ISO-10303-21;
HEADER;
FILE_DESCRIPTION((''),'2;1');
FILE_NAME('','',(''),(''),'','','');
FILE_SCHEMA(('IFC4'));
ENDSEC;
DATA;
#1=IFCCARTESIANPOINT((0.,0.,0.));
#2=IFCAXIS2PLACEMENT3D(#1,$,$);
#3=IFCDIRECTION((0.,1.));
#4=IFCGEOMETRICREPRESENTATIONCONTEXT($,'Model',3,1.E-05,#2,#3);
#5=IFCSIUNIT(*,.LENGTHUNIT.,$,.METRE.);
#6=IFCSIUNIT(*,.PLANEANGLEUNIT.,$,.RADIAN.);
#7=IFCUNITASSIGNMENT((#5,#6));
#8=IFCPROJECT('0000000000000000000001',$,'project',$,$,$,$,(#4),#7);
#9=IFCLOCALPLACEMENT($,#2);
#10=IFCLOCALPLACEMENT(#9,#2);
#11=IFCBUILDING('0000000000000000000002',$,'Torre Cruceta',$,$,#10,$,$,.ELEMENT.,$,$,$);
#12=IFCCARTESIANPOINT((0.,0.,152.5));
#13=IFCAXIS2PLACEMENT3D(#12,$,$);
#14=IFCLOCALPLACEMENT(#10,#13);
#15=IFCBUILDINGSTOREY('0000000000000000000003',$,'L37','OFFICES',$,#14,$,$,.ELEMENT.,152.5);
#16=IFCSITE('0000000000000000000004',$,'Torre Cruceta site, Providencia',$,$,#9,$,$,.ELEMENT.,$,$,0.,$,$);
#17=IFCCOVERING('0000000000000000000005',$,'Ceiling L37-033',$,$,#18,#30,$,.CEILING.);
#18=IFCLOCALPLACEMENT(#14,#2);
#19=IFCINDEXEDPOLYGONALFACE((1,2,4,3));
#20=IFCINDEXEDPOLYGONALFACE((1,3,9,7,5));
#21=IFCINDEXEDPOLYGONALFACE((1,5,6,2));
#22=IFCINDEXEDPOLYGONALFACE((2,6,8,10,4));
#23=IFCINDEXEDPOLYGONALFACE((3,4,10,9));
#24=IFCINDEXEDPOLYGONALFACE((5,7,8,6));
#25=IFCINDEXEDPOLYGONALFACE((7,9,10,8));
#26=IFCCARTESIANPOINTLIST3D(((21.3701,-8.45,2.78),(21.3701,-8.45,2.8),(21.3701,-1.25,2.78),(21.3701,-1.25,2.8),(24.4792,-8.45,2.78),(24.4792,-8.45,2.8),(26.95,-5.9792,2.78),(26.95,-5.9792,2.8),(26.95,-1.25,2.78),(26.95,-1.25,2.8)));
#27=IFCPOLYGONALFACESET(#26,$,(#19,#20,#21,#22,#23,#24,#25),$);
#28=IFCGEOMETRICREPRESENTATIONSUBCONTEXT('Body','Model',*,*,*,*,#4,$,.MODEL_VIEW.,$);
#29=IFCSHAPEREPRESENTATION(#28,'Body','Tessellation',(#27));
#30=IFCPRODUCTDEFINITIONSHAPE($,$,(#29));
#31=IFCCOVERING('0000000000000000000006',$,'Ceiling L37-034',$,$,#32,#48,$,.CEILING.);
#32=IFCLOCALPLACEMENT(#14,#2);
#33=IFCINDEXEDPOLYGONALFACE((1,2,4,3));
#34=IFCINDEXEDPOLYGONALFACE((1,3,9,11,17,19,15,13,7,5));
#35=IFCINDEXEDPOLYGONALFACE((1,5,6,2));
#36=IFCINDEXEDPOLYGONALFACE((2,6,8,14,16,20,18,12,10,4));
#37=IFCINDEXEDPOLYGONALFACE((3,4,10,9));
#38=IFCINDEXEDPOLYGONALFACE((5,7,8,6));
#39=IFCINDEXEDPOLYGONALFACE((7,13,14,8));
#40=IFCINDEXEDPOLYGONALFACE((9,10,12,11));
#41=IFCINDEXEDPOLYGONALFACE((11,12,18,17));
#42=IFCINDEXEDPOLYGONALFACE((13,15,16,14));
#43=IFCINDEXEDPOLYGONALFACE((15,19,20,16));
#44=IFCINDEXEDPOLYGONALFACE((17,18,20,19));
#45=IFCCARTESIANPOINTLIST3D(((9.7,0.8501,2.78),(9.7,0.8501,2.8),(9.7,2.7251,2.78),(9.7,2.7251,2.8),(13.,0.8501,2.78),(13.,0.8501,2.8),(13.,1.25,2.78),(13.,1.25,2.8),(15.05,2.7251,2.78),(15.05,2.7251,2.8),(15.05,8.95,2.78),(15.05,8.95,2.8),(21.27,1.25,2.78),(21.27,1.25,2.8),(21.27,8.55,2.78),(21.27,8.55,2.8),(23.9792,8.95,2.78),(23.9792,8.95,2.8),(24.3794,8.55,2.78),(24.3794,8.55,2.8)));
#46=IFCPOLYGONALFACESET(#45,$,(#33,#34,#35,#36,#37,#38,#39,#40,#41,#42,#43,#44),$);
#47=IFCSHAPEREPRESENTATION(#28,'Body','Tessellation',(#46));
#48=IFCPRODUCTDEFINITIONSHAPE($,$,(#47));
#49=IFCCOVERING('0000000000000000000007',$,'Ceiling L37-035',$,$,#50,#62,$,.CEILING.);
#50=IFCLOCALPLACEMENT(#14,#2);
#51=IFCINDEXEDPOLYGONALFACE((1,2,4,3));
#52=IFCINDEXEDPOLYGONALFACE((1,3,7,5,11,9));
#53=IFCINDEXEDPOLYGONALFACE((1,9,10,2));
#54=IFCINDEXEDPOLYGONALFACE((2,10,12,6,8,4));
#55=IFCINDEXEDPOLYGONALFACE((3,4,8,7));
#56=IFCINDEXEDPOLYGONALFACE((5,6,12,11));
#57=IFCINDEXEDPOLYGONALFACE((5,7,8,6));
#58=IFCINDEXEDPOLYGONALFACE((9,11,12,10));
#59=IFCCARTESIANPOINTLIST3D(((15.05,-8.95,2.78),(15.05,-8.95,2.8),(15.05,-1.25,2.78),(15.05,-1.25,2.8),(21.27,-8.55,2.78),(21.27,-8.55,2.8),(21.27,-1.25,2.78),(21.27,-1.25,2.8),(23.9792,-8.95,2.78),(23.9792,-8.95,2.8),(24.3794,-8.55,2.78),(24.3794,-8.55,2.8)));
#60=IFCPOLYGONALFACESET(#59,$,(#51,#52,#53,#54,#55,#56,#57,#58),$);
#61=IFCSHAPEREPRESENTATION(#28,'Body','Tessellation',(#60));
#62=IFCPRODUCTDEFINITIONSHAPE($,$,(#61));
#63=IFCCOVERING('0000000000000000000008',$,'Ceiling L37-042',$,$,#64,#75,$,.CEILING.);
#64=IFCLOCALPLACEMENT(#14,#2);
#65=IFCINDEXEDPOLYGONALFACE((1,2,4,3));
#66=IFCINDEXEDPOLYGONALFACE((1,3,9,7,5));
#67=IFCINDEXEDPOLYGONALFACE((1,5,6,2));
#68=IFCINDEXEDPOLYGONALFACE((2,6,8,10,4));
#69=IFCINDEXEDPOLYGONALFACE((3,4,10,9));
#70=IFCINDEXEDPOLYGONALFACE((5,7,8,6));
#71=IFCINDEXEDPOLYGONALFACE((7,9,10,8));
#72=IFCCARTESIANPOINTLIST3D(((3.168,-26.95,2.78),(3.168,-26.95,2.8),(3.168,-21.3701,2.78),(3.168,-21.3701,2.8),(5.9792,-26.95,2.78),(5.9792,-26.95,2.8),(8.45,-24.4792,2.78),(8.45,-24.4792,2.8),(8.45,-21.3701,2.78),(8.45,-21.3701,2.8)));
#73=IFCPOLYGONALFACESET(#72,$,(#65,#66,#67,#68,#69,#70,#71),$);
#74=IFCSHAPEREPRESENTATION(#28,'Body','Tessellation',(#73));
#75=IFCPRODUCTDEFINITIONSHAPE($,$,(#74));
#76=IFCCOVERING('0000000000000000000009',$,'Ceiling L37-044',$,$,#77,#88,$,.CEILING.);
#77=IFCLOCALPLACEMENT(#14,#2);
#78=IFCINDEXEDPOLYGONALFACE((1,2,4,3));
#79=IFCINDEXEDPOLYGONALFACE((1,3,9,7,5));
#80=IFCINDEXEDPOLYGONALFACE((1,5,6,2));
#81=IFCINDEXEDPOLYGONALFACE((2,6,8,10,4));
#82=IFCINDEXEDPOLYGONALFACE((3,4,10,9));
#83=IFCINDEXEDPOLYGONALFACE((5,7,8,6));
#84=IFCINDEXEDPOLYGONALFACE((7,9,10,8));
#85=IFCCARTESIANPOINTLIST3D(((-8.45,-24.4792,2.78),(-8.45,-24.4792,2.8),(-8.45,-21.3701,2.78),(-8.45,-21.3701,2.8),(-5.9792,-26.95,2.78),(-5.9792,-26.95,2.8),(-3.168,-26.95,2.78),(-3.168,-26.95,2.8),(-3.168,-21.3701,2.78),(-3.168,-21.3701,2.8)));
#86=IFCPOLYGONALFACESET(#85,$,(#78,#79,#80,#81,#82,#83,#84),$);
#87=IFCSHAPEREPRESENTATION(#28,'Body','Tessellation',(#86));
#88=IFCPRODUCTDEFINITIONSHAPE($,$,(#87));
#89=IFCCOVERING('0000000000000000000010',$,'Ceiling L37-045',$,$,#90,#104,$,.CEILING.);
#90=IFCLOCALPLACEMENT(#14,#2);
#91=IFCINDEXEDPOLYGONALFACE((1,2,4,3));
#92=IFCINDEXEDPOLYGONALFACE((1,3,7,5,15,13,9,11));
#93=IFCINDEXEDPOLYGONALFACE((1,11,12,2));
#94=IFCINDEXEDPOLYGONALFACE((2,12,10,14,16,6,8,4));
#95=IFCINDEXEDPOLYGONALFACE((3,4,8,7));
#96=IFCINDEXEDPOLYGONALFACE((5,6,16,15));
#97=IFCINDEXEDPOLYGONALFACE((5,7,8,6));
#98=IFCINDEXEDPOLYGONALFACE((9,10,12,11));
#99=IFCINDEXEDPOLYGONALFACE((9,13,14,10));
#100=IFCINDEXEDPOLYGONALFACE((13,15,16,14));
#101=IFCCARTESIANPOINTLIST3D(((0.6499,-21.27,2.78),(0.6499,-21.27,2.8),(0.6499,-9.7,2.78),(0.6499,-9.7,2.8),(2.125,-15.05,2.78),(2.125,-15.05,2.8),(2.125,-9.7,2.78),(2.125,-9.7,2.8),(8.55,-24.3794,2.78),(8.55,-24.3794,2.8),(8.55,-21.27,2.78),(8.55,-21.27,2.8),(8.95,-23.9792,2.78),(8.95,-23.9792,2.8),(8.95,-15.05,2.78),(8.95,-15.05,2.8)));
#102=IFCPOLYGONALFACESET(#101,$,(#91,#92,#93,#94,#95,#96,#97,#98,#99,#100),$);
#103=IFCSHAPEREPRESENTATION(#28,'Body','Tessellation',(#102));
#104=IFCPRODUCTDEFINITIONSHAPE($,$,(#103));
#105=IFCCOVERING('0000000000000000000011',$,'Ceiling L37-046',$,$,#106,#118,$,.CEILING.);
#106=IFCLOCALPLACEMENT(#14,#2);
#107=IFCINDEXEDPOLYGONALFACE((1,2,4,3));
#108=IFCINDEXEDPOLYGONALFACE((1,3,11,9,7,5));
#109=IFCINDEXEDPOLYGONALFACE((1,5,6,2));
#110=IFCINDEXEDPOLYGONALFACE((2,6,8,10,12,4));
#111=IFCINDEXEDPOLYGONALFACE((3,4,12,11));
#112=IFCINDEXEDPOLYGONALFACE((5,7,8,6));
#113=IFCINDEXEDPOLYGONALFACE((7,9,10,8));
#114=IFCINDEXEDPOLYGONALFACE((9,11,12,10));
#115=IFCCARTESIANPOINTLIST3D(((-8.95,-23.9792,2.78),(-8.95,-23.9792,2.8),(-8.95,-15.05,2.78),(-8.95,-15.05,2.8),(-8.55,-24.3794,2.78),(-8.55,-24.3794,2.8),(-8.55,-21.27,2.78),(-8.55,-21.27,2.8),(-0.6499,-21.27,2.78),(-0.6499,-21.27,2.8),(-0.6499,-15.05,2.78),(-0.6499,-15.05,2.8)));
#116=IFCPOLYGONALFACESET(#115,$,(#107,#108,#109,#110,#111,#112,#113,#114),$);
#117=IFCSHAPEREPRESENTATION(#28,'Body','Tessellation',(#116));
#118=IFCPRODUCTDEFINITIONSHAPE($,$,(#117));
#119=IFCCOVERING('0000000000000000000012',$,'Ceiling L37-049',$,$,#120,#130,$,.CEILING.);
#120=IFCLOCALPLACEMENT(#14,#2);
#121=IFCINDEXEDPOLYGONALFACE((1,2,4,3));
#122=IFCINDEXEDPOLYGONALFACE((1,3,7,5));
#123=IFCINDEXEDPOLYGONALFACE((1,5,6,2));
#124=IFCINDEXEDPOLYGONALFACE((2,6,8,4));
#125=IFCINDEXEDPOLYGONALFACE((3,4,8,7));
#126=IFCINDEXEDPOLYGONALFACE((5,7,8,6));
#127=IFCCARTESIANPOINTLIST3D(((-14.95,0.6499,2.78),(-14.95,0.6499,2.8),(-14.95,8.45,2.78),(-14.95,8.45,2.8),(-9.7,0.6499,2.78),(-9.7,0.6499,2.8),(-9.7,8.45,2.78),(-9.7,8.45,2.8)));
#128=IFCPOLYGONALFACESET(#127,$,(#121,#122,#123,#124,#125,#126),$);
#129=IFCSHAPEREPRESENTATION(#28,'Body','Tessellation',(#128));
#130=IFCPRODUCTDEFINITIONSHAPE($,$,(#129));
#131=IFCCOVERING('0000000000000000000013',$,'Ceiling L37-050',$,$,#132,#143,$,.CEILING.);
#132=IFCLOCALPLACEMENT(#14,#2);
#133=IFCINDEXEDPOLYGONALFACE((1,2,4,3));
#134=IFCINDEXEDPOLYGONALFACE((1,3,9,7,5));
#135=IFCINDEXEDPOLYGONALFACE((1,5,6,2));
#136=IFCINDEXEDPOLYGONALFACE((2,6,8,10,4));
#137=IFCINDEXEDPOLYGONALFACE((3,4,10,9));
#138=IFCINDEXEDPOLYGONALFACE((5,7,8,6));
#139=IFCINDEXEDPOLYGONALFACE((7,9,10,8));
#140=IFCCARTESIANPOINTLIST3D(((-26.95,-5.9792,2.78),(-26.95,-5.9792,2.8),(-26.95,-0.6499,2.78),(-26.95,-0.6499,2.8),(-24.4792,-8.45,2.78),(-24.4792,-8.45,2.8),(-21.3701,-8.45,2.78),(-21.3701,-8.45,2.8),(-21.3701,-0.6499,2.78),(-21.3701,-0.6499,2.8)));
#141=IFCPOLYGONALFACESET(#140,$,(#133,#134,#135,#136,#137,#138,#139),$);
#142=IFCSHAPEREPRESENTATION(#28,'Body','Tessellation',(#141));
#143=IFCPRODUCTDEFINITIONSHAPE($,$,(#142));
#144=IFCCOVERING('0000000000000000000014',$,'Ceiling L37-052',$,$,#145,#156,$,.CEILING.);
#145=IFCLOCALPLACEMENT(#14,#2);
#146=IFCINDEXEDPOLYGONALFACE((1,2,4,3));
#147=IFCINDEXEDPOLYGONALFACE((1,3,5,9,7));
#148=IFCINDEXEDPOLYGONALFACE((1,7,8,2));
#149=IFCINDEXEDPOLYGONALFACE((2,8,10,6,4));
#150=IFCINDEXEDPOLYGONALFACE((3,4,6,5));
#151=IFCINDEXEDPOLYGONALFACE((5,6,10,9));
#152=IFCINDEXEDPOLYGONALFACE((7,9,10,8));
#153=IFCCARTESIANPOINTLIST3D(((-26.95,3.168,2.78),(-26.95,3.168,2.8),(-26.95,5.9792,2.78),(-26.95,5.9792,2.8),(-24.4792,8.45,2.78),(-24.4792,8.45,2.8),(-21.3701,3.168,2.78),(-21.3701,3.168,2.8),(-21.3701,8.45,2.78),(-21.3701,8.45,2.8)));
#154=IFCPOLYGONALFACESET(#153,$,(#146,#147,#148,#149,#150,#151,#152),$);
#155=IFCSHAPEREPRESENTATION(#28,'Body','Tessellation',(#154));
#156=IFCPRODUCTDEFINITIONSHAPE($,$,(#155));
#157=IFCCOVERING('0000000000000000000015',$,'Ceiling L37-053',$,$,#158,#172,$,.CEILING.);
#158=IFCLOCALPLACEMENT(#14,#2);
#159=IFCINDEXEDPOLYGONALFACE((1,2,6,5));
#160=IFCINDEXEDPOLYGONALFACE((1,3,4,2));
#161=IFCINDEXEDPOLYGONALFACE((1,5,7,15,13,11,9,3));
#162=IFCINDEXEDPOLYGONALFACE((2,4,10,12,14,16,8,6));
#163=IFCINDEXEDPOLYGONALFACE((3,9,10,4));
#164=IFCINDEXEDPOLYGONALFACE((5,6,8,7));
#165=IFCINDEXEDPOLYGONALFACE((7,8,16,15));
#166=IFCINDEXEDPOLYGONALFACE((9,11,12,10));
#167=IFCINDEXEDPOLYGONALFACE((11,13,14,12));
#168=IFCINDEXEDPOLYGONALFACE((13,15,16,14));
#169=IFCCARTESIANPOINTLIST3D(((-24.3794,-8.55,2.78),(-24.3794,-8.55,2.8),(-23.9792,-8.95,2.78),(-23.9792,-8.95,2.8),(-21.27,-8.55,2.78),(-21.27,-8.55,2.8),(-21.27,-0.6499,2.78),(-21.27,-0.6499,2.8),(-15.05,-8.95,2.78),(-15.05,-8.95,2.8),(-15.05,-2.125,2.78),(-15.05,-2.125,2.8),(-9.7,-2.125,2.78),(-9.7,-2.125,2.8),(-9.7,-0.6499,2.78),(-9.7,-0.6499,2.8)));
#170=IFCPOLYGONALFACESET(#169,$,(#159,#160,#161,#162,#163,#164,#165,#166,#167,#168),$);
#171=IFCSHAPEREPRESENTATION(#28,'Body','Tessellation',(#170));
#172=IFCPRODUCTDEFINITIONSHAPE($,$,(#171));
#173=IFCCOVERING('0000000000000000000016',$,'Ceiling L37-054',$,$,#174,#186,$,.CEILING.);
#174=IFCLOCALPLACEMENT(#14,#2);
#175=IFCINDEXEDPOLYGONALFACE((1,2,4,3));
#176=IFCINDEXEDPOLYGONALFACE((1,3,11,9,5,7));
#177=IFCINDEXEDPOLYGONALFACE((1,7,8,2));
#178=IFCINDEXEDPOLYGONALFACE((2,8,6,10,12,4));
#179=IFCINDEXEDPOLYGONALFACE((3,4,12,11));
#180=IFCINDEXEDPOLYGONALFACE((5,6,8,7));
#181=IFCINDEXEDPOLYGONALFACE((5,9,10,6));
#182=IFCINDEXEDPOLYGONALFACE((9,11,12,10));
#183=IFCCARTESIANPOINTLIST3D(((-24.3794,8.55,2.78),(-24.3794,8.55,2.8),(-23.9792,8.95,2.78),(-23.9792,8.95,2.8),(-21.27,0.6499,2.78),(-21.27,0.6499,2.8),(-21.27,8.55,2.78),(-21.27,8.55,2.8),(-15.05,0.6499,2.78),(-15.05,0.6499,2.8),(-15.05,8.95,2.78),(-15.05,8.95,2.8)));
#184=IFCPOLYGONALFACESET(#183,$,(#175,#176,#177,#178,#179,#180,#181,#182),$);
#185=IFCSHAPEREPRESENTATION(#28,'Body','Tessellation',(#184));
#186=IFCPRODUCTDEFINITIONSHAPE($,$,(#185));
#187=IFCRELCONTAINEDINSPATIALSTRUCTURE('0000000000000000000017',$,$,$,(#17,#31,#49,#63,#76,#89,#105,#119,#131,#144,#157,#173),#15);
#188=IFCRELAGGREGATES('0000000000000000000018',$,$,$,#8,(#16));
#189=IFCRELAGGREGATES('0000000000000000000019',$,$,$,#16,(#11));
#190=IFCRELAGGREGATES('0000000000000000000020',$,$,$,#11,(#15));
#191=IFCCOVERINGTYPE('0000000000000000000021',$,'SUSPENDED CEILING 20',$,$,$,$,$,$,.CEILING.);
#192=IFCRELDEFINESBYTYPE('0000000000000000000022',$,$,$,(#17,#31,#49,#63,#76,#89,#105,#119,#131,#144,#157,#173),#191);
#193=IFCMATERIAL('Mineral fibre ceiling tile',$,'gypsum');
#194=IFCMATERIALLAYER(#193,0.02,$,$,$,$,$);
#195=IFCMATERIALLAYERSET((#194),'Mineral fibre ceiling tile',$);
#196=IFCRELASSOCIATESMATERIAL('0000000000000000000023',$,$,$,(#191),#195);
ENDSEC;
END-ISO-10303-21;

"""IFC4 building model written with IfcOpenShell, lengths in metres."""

from ifc_helpers import new_model, si_unit, direction, frame, origin, place, context, subcontext, project, spatial, polyline, outline, extrude, material, layer, layer_set, type_object, element, save


model = new_model("IFC4")

# Units and contexts
model_context = context("Model", 3, precision=1e-05, world=origin(), true_north=direction((0.0, 1.0)))
body_context = subcontext(model_context, "Body", "Model", "MODEL_VIEW")
ifc_project = project(units=[si_unit("LENGTHUNIT", "METRE"), si_unit("PLANEANGLEUNIT", "RADIAN")], contexts=[model_context])

# Site, building, storey
site_placement = place(None, origin())
site = spatial("IfcSite", under=ifc_project, at=site_placement, Name="Torre Cruceta site, Providencia", CompositionType="ELEMENT", RefElevation=0.0)
building_placement = place(site_placement, origin())
building = spatial("IfcBuilding", under=site, at=building_placement, Name="Torre Cruceta", CompositionType="ELEMENT")
storey_placement = place(building_placement, frame((0.0, 0.0, 152.5)))
storey = spatial("IfcBuildingStorey", under=building, at=storey_placement, Name="L37", Description="OFFICES", CompositionType="ELEMENT", Elevation=152.5)

# Coverings
ifc_material_1 = material(Name="Mineral fibre ceiling tile", Category="gypsum")
ifc_layer = layer(ifc_material_1, 0.02)
ifc_layer_set = layer_set([ifc_layer], Name="Mineral fibre ceiling tile")
covering_type_1 = type_object("IfcCoveringType", Name="SUSPENDED CEILING 20", PredefinedType="CEILING", material=ifc_layer_set)
covering_1_placement = place(storey_placement, frame((0.0, 0.0, 2.78)))
element("IfcCovering", 1, at=covering_1_placement, inside=storey, type_object=covering_type_1, Name="Ceiling L37-033", PredefinedType="CEILING", context=body_context, shape_type="SweptSolid", body=[
    extrude(outline(polyline([(24.4792, -8.45), (21.3701, -8.45), (21.3701, -1.25), (26.95, -1.25), (26.95, -5.9792), (24.4792, -8.45)])), origin(), (0.0, 0.0, 1.0), 0.02),
])
covering_2_placement = place(storey_placement, frame((0.0, 0.0, 2.78)))
element("IfcCovering", 2, at=covering_2_placement, inside=storey, type_object=covering_type_1, Name="Ceiling L37-034", PredefinedType="CEILING", context=body_context, shape_type="SweptSolid", body=[
    extrude(outline(polyline([(9.7, 2.7251), (15.05, 2.7251), (15.05, 8.95), (23.9792, 8.95), (24.3794, 8.55), (21.27, 8.55), (21.27, 1.25), (13.0, 1.25), (13.0, 0.8501), (9.7, 0.8501), (9.7, 2.7251)])), origin(), (0.0, 0.0, 1.0), 0.02),
])
covering_3_placement = place(storey_placement, frame((0.0, 0.0, 2.78)))
element("IfcCovering", 3, at=covering_3_placement, inside=storey, type_object=covering_type_1, Name="Ceiling L37-035", PredefinedType="CEILING", context=body_context, shape_type="SweptSolid", body=[
    extrude(outline(polyline([(15.05, -8.95), (15.05, -1.25), (21.27, -1.25), (21.27, -8.55), (24.3794, -8.55), (23.9792, -8.95), (15.05, -8.95)])), origin(), (0.0, 0.0, 1.0), 0.02),
])
covering_4_placement = place(storey_placement, frame((0.0, 0.0, 2.78)))
element("IfcCovering", 4, at=covering_4_placement, inside=storey, type_object=covering_type_1, Name="Ceiling L37-042", PredefinedType="CEILING", context=body_context, shape_type="SweptSolid", body=[
    extrude(outline(polyline([(3.168, -26.95), (3.168, -21.3701), (8.45, -21.3701), (8.45, -24.4792), (5.9792, -26.95), (3.168, -26.95)])), origin(), (0.0, 0.0, 1.0), 0.02),
])
covering_5_placement = place(storey_placement, frame((0.0, 0.0, 2.78)))
element("IfcCovering", 5, at=covering_5_placement, inside=storey, type_object=covering_type_1, Name="Ceiling L37-044", PredefinedType="CEILING", context=body_context, shape_type="SweptSolid", body=[
    extrude(outline(polyline([(-8.45, -24.4792), (-8.45, -21.3701), (-3.168, -21.3701), (-3.168, -26.95), (-5.9792, -26.95), (-8.45, -24.4792)])), origin(), (0.0, 0.0, 1.0), 0.02),
])
covering_6_placement = place(storey_placement, frame((0.0, 0.0, 2.78)))
element("IfcCovering", 6, at=covering_6_placement, inside=storey, type_object=covering_type_1, Name="Ceiling L37-045", PredefinedType="CEILING", context=body_context, shape_type="SweptSolid", body=[
    extrude(outline(polyline([(2.125, -9.7), (2.125, -15.05), (8.95, -15.05), (8.95, -23.9792), (8.55, -24.3794), (8.55, -21.27), (0.6499, -21.27), (0.6499, -9.7), (2.125, -9.7)])), origin(), (0.0, 0.0, 1.0), 0.02),
])
covering_7_placement = place(storey_placement, frame((0.0, 0.0, 2.78)))
element("IfcCovering", 7, at=covering_7_placement, inside=storey, type_object=covering_type_1, Name="Ceiling L37-046", PredefinedType="CEILING", context=body_context, shape_type="SweptSolid", body=[
    extrude(outline(polyline([(-8.95, -15.05), (-0.6499, -15.05), (-0.6499, -21.27), (-8.55, -21.27), (-8.55, -24.3794), (-8.95, -23.9792), (-8.95, -15.05)])), origin(), (0.0, 0.0, 1.0), 0.02),
])
covering_8_placement = place(storey_placement, frame((0.0, 0.0, 2.78)))
element("IfcCovering", 8, at=covering_8_placement, inside=storey, type_object=covering_type_1, Name="Ceiling L37-049", PredefinedType="CEILING", context=body_context, shape_type="SweptSolid", body=[
    extrude(outline(polyline([(-9.7, 8.45), (-9.7, 0.6499), (-14.95, 0.6499), (-14.95, 8.45), (-9.7, 8.45)])), origin(), (0.0, 0.0, 1.0), 0.02),
])
covering_9_placement = place(storey_placement, frame((0.0, 0.0, 2.78)))
element("IfcCovering", 9, at=covering_9_placement, inside=storey, type_object=covering_type_1, Name="Ceiling L37-050", PredefinedType="CEILING", context=body_context, shape_type="SweptSolid", body=[
    extrude(outline(polyline([(-26.95, -0.6499), (-21.3701, -0.6499), (-21.3701, -8.45), (-24.4792, -8.45), (-26.95, -5.9792), (-26.95, -0.6499)])), origin(), (0.0, 0.0, 1.0), 0.02),
])
covering_10_placement = place(storey_placement, frame((0.0, 0.0, 2.78)))
element("IfcCovering", 10, at=covering_10_placement, inside=storey, type_object=covering_type_1, Name="Ceiling L37-052", PredefinedType="CEILING", context=body_context, shape_type="SweptSolid", body=[
    extrude(outline(polyline([(-24.4792, 8.45), (-21.3701, 8.45), (-21.3701, 3.168), (-26.95, 3.168), (-26.95, 5.9792), (-24.4792, 8.45)])), origin(), (0.0, 0.0, 1.0), 0.02),
])
covering_11_placement = place(storey_placement, frame((0.0, 0.0, 2.78)))
element("IfcCovering", 11, at=covering_11_placement, inside=storey, type_object=covering_type_1, Name="Ceiling L37-053", PredefinedType="CEILING", context=body_context, shape_type="SweptSolid", body=[
    extrude(outline(polyline([(-9.7, -2.125), (-15.05, -2.125), (-15.05, -8.95), (-23.9792, -8.95), (-24.3794, -8.55), (-21.27, -8.55), (-21.27, -0.6499), (-9.7, -0.6499), (-9.7, -2.125)])), origin(), (0.0, 0.0, 1.0), 0.02),
])
covering_12_placement = place(storey_placement, frame((0.0, 0.0, 2.78)))
element("IfcCovering", 12, at=covering_12_placement, inside=storey, type_object=covering_type_1, Name="Ceiling L37-054", PredefinedType="CEILING", context=body_context, shape_type="SweptSolid", body=[
    extrude(outline(polyline([(-15.05, 8.95), (-15.05, 0.6499), (-21.27, 0.6499), (-21.27, 8.55), (-24.3794, 8.55), (-23.9792, 8.95), (-15.05, 8.95)])), origin(), (0.0, 0.0, 1.0), 0.02),
])

save(model, "model.ifc")
